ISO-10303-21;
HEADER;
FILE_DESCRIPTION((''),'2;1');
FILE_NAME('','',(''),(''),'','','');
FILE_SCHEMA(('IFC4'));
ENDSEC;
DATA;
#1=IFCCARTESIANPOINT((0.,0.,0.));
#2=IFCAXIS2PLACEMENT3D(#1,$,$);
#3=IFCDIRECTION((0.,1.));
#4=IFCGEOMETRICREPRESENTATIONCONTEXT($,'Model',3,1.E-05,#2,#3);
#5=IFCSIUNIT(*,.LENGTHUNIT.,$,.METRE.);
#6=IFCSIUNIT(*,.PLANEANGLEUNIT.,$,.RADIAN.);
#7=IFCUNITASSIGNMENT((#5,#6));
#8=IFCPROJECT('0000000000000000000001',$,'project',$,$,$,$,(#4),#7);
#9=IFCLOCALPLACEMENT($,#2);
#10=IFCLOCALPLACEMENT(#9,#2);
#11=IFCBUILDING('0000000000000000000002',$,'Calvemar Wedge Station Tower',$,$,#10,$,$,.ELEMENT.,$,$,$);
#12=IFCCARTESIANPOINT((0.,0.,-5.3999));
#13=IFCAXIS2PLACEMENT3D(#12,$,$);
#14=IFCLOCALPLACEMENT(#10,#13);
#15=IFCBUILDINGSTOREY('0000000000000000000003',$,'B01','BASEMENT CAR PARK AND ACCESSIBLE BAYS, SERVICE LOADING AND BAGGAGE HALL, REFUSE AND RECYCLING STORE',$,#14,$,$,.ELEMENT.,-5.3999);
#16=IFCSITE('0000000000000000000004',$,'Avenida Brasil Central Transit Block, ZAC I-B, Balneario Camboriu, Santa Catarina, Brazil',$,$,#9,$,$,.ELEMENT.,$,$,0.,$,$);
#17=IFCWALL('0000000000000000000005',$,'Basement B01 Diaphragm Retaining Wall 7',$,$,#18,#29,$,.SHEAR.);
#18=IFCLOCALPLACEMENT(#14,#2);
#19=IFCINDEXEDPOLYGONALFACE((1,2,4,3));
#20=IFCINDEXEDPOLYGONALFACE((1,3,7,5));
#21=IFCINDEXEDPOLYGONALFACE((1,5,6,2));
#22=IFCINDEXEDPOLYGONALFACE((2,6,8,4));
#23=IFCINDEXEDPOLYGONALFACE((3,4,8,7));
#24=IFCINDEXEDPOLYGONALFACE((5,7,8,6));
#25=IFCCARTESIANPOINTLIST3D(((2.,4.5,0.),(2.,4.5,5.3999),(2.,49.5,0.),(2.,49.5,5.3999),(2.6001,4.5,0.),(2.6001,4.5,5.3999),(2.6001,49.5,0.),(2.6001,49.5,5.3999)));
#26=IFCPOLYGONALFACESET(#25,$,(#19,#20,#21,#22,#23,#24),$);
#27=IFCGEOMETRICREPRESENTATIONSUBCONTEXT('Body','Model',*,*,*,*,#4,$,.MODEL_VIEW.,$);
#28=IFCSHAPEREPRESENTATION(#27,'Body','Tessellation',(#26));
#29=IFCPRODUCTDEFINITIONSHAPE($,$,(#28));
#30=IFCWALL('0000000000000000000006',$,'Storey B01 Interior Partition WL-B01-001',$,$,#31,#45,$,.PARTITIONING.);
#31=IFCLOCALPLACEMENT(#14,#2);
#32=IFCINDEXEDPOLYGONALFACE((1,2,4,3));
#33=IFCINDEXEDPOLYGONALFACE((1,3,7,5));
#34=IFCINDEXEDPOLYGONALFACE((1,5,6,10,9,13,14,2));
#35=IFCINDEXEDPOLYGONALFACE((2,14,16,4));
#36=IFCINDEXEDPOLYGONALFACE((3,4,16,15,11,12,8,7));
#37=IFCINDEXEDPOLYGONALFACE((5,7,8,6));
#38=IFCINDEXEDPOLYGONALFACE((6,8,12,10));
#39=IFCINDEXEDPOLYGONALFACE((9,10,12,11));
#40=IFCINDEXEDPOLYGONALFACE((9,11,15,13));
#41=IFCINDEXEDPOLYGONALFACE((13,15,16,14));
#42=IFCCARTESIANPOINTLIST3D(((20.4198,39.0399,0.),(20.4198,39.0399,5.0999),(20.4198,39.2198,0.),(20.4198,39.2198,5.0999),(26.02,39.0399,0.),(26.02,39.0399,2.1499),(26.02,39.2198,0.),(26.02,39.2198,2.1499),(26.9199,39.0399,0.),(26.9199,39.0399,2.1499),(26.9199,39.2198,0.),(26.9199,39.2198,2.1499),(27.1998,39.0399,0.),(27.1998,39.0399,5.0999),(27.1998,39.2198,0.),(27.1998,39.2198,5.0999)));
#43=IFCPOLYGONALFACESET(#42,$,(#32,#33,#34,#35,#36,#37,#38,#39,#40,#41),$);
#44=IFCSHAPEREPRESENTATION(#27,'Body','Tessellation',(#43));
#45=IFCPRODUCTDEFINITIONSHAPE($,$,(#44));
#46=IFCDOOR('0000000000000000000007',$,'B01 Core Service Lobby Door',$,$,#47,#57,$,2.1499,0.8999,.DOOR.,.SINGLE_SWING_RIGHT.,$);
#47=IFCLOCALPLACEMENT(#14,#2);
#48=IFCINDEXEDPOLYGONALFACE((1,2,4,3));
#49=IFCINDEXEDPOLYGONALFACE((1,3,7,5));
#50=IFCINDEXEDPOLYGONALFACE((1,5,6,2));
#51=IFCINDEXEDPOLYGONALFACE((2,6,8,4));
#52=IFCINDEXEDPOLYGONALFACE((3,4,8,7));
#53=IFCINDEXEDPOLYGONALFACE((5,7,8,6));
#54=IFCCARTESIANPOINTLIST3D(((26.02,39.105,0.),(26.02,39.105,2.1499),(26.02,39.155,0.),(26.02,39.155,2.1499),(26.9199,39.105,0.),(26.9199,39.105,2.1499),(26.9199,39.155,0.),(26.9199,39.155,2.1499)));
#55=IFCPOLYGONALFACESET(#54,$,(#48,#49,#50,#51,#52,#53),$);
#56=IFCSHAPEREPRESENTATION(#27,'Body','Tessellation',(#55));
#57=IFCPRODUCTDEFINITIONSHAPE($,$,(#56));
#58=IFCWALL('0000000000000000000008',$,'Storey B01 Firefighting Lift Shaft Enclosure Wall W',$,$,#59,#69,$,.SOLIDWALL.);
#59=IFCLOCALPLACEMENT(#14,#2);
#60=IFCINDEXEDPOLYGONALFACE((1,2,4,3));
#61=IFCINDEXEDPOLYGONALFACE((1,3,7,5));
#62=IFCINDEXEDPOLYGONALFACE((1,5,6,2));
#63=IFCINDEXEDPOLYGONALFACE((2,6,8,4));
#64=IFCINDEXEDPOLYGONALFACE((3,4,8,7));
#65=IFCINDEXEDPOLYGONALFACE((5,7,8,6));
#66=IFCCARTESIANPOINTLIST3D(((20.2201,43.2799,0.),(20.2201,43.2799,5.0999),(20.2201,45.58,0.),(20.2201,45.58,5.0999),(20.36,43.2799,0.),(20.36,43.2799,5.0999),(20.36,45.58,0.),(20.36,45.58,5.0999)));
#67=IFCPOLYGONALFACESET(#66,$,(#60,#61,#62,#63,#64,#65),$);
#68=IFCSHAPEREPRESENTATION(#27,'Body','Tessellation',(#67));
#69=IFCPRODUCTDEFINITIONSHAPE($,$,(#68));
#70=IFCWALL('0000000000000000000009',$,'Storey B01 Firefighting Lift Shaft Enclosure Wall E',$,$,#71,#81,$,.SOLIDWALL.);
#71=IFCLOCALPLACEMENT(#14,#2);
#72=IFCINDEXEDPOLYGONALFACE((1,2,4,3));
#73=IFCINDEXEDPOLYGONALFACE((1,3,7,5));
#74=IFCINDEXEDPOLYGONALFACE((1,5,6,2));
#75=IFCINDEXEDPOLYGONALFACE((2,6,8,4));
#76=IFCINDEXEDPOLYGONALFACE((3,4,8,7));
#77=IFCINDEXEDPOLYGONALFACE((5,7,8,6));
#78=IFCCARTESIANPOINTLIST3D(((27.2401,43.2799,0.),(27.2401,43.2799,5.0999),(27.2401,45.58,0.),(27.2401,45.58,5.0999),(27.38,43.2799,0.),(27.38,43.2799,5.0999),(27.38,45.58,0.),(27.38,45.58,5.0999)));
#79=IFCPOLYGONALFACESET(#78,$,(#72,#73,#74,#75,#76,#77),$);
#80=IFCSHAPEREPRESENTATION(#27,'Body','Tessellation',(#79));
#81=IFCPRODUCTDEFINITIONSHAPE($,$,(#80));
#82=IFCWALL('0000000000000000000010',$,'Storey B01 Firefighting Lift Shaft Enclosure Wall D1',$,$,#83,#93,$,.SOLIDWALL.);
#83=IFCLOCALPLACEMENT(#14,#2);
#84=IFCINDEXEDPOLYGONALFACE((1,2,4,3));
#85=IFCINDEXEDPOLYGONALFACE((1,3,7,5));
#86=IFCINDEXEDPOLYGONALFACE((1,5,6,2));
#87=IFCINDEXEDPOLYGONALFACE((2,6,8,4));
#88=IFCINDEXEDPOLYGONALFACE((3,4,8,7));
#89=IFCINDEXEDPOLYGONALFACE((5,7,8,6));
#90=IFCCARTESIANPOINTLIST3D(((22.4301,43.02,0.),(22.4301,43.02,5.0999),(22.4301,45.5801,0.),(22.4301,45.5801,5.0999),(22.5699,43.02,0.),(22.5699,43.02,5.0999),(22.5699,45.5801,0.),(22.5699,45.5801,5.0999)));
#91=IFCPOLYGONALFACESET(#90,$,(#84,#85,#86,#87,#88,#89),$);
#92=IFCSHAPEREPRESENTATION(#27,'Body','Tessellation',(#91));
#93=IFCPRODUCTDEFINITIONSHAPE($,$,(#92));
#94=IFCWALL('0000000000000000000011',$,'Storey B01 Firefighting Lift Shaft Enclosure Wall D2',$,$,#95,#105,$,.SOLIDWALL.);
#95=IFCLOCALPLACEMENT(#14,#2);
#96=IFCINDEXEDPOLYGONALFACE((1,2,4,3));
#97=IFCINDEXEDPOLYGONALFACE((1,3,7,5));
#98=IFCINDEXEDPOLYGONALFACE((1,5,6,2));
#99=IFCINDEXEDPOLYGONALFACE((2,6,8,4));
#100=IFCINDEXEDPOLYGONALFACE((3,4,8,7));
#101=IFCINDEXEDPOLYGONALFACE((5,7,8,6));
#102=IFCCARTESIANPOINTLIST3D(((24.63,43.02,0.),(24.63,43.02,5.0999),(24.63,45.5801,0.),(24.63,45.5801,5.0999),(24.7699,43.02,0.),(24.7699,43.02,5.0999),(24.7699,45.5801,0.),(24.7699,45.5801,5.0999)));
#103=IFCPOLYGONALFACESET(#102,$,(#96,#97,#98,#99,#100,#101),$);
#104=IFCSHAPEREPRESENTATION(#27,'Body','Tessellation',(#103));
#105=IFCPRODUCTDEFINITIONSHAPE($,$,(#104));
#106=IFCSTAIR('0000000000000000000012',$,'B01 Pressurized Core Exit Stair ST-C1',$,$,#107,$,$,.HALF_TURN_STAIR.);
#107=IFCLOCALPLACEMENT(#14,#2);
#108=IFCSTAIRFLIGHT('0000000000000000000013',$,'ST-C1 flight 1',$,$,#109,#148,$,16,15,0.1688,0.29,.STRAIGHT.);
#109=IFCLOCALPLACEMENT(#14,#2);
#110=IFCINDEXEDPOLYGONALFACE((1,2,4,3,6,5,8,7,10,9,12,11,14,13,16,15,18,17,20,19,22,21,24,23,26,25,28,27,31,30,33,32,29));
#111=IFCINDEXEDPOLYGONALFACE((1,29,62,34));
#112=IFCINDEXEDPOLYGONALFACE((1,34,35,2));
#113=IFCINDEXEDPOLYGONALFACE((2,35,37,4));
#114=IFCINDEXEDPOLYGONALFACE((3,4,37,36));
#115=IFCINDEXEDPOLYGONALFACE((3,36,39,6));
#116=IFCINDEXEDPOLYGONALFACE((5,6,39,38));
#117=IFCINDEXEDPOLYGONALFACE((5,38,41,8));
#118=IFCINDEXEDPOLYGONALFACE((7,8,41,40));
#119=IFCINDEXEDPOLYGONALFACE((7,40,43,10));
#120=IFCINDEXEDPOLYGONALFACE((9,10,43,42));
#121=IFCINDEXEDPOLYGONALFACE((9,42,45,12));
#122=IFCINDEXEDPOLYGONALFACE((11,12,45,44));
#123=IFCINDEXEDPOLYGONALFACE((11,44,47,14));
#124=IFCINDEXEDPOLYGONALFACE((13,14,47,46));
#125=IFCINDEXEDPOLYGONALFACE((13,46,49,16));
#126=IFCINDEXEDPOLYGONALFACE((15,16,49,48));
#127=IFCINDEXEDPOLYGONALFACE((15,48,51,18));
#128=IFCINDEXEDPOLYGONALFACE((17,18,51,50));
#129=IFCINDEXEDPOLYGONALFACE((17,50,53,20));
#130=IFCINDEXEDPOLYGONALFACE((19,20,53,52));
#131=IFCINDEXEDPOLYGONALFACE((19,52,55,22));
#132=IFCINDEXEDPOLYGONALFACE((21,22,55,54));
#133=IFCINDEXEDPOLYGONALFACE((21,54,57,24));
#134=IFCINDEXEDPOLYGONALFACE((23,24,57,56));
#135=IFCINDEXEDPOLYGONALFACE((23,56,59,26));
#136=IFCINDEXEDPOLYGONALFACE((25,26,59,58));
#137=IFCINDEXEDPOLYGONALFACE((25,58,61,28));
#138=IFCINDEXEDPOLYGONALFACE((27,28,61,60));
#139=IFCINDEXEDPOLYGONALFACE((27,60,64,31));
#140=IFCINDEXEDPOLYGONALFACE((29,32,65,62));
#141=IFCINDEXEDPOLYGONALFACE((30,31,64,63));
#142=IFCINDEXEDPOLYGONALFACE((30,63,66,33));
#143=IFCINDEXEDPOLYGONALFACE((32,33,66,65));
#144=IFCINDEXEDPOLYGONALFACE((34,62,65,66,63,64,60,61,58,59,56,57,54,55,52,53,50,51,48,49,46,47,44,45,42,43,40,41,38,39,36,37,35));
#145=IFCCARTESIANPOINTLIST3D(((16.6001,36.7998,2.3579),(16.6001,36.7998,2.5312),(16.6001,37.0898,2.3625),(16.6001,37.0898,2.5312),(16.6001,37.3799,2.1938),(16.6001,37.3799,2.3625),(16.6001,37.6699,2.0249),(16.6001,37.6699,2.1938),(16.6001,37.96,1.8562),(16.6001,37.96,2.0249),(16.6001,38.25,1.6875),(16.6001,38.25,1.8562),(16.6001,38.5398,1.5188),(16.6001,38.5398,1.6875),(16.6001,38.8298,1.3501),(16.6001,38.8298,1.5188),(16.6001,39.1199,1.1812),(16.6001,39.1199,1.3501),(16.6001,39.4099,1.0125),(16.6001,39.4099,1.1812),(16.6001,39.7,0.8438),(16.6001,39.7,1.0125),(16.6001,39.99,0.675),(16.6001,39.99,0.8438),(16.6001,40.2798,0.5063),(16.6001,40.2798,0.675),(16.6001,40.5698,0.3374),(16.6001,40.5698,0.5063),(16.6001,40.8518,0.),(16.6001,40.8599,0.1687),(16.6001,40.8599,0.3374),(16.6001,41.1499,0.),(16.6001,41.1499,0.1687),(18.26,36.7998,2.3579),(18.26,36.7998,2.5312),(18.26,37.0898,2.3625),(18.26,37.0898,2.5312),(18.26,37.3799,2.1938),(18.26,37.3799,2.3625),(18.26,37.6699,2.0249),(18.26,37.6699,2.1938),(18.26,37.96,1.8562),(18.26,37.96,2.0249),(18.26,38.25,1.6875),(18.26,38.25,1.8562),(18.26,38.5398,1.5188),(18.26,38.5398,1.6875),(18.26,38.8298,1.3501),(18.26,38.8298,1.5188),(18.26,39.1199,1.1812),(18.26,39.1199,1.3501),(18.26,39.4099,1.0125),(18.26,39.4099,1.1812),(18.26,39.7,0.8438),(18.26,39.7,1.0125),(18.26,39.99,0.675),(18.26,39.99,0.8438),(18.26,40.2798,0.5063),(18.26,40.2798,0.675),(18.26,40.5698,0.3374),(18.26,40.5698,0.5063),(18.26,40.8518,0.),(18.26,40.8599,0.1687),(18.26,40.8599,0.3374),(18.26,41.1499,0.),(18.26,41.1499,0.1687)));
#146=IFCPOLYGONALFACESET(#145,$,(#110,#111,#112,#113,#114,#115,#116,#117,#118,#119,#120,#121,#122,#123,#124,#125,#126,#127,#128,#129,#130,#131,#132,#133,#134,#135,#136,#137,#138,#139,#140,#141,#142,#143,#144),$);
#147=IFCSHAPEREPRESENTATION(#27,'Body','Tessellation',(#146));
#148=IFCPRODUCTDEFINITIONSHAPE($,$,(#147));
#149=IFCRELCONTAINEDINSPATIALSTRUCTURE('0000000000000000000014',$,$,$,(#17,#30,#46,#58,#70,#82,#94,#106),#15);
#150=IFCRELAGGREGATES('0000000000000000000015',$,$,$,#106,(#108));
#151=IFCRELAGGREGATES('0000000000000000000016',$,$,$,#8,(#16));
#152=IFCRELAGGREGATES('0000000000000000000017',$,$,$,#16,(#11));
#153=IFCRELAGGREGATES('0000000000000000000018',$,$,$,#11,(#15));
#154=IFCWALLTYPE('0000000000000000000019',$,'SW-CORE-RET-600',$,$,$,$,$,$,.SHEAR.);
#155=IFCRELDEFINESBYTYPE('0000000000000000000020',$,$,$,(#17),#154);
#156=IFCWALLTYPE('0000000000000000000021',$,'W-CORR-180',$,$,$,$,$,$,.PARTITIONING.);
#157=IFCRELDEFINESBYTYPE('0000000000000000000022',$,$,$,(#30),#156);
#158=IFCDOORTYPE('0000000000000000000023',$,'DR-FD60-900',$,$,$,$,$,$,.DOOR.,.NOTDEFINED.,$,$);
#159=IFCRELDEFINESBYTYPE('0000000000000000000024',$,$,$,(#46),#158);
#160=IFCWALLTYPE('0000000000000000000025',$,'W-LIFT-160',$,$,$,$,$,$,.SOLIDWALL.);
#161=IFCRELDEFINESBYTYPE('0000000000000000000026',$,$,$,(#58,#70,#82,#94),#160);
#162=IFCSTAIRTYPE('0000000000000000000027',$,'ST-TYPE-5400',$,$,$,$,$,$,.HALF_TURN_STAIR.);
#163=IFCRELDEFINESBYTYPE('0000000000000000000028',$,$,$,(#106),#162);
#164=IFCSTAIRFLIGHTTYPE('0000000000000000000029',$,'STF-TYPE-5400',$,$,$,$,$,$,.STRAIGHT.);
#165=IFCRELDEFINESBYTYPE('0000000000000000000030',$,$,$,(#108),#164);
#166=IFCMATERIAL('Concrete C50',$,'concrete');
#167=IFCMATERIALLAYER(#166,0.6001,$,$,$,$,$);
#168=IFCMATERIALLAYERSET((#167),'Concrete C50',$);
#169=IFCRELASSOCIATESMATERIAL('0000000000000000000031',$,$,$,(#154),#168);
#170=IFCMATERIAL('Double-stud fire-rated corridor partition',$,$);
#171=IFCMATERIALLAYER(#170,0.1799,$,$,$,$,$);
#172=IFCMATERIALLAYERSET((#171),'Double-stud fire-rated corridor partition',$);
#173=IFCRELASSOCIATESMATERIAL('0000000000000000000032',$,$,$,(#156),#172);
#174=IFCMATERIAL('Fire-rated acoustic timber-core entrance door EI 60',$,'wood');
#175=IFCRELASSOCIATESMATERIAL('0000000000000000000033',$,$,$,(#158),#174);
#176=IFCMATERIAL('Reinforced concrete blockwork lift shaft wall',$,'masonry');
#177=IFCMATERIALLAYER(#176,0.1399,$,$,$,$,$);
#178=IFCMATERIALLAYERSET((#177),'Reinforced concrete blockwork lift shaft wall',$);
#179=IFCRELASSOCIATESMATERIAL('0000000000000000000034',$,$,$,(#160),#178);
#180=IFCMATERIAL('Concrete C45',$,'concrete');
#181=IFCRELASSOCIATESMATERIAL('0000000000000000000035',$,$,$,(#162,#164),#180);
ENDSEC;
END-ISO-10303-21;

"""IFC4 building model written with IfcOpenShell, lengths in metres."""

from ifc_helpers import new_model, si_unit, direction, frame, frame_2d, origin, place, context, subcontext, project, spatial, polyline, rectangle, outline, extrude, source, transform, mapped, material, layer, layer_set, type_object, element, fill, aggregate, save


model = new_model("IFC4")

# Units and contexts
model_context = context("Model", 3, precision=1e-05, world=origin(), true_north=direction((0.0, 1.0)))
body_context = subcontext(model_context, "Body", "Model", "MODEL_VIEW")
ifc_project = project(units=[si_unit("LENGTHUNIT", "METRE"), si_unit("PLANEANGLEUNIT", "RADIAN")], contexts=[model_context])

# Site, building, storey
site_placement = place(None, origin())
site = spatial("IfcSite", under=ifc_project, at=site_placement, Name="Avenida Brasil Central Transit Block, ZAC I-B, Balneario Camboriu, Santa Catarina, Brazil", CompositionType="ELEMENT", RefElevation=0.0)
building_placement = place(site_placement, origin())
building = spatial("IfcBuilding", under=site, at=building_placement, Name="Calvemar Wedge Station Tower", CompositionType="ELEMENT")
storey_placement = place(building_placement, frame((0.0, 0.0, -5.3999)))
storey = spatial("IfcBuildingStorey", under=building, at=storey_placement, Name="B01", Description="BASEMENT CAR PARK AND ACCESSIBLE BAYS, SERVICE LOADING AND BAGGAGE HALL, REFUSE AND RECYCLING STORE", CompositionType="ELEMENT", Elevation=-5.3999)

# Shared definitions
ifc_material_1 = material(Name="Concrete C50", Category="concrete")

# Wall
ifc_layer_1 = layer(ifc_material_1, 0.6001)
ifc_layer_set_1 = layer_set([ifc_layer_1], Name="Concrete C50")
wall_type_1 = type_object("IfcWallType", Name="SW-CORE-RET-600", PredefinedType="SHEAR", material=ifc_layer_set_1)
wall_1_placement = place(storey_placement, frame((2.3, 49.5, 0.0), z_axis=(0.0, 0.0, 1.0), x_axis=(0.0, -1.0, 0.0)))
element("IfcWall", 1, at=wall_1_placement, inside=storey, type_object=wall_type_1, Name="Basement B01 Diaphragm Retaining Wall 7", PredefinedType="SHEAR", context=body_context, shape_type="SweptSolid", body=[
    extrude(rectangle(XDim=45.0, YDim=0.6001, at=frame_2d((22.5, 0.0))), origin(), (0.0, 0.0, 1.0), 5.3999),
])

# Wall, opening, door
ifc_material_2 = material(Name="Double-stud fire-rated corridor partition")
ifc_layer_2 = layer(ifc_material_2, 0.1799)
ifc_layer_set_2 = layer_set([ifc_layer_2], Name="Double-stud fire-rated corridor partition")
wall_type_2 = type_object("IfcWallType", Name="W-CORR-180", PredefinedType="PARTITIONING", material=ifc_layer_set_2)
wall_2_placement = place(storey_placement, frame((27.2, 39.1299, 0.0), z_axis=(0.0, 0.0, 1.0), x_axis=(-1.0, 0.0, 0.0)))
wall_2 = element("IfcWall", 2, at=wall_2_placement, inside=storey, type_object=wall_type_2, Name="Storey B01 Interior Partition WL-B01-001", PredefinedType="PARTITIONING", context=body_context, shape_type="SweptSolid", body=[
    extrude(rectangle(XDim=6.78, YDim=0.1799, at=frame_2d((3.3901, 0.0))), origin(), (0.0, 0.0, 1.0), 5.0999),
])
shared_shape_1 = source(origin(), body_context, "Body", "SweptSolid", [
    extrude(rectangle(XDim=0.8999, YDim=2.1499, at=frame_2d((0.45, 1.075))), frame((0.0, 0.1001, 0.0), z_axis=(0.0, -1.0, 0.0), x_axis=(1.0, 0.0, 0.0)), (0.0, 0.0, 1.0), 0.2),
])
opening_1_placement = place(wall_2_placement, frame((0.28, 0.0, 0.0)))
opening_1 = element("IfcOpeningElement", 3, at=opening_1_placement, cuts=wall_2, PredefinedType="OPENING", context=body_context, shape_type="MappedRepresentation", body=[
    mapped(shared_shape_1, transform((0.0, 0.0, 0.0), scale=1.0)),
])
ifc_material_3 = material(Name="Fire-rated acoustic timber-core entrance door EI 60", Category="wood")
door_type_1 = type_object("IfcDoorType", Name="DR-FD60-900", OperationType="NOTDEFINED", PredefinedType="DOOR", material=ifc_material_3)
shared_shape_2 = source(origin(), body_context, "Body", "SweptSolid", [
    extrude(rectangle(XDim=0.8999, YDim=2.1499, at=frame_2d((0.45, 1.075))), frame((0.0, 0.0249, 0.0), z_axis=(0.0, -1.0, 0.0), x_axis=(1.0, 0.0, 0.0)), (0.0, 0.0, 1.0), 0.05),
])
door_1_placement = place(opening_1_placement, origin())
door_1 = element("IfcDoor", 4, at=door_1_placement, inside=storey, type_object=door_type_1, Name="B01 Core Service Lobby Door", OperationType="SINGLE_SWING_RIGHT", OverallHeight=2.1499, OverallWidth=0.8999, PredefinedType="DOOR", context=body_context, shape_type="MappedRepresentation", body=[
    mapped(shared_shape_2, transform((0.0, 0.0, 0.0), scale=1.0)),
])
fill(opening_1, door_1)

# Shared definitions
ifc_material_4 = material(Name="Reinforced concrete blockwork lift shaft wall", Category="masonry")
ifc_layer_3 = layer(ifc_material_4, 0.1399)
ifc_layer_set_3 = layer_set([ifc_layer_3], Name="Reinforced concrete blockwork lift shaft wall")
wall_type_3 = type_object("IfcWallType", Name="W-LIFT-160", PredefinedType="SOLIDWALL", material=ifc_layer_set_3)

# Walls
for number, where, z_axis, x_axis, name in (
    (5, (20.29, 43.28, 0.0), (0.0, 0.0, 1.0), (0.0, 1.0, 0.0), "Storey B01 Firefighting Lift Shaft Enclosure Wall W"),
    (6, (27.3101, 43.28, 0.0), (0.0, 0.0, 1.0), (0.0, 1.0, 0.0), "Storey B01 Firefighting Lift Shaft Enclosure Wall E"),
):
    element("IfcWall", number, at=place(storey_placement, frame(where, z_axis=z_axis, x_axis=x_axis)), inside=storey, type_object=wall_type_3, Name=name, PredefinedType="SOLIDWALL", context=body_context, shape_type="SweptSolid", body=[
        extrude(rectangle(XDim=2.3, YDim=0.1399, at=frame_2d((1.1499, 0.0))), origin(), (0.0, 0.0, 1.0), 5.0999),
    ])
for number, where, z_axis, x_axis, name in (
    (7, (22.5, 43.02, 0.0), (0.0, 0.0, 1.0), (0.0, 1.0, 0.0), "Storey B01 Firefighting Lift Shaft Enclosure Wall D1"),
    (8, (24.7, 43.02, 0.0), (0.0, 0.0, 1.0), (0.0, 1.0, 0.0), "Storey B01 Firefighting Lift Shaft Enclosure Wall D2"),
):
    element("IfcWall", number, at=place(storey_placement, frame(where, z_axis=z_axis, x_axis=x_axis)), inside=storey, type_object=wall_type_3, Name=name, PredefinedType="SOLIDWALL", context=body_context, shape_type="SweptSolid", body=[
        extrude(rectangle(XDim=2.5601, YDim=0.1399, at=frame_2d((1.28, 0.0))), origin(), (0.0, 0.0, 1.0), 5.0999),
    ])

# Stair, stair flight
ifc_material_5 = material(Name="Concrete C45", Category="concrete")
stair_type = type_object("IfcStairType", Name="ST-TYPE-5400", PredefinedType="HALF_TURN_STAIR", material=ifc_material_5)
stair_placement = place(storey_placement, origin())
stair = element("IfcStair", 9, at=stair_placement, inside=storey, type_object=stair_type, Name="B01 Pressurized Core Exit Stair ST-C1", PredefinedType="HALF_TURN_STAIR")
stair_flight_type = type_object("IfcStairFlightType", Name="STF-TYPE-5400", PredefinedType="STRAIGHT", material=ifc_material_5)
stair_flight_1_placement = place(storey_placement, frame((17.4299, 41.1499, 0.0), z_axis=(0.0, 0.0, 1.0), x_axis=(0.0, -1.0, 0.0)))
stair_flight_1 = element("IfcStairFlight", 10, at=stair_flight_1_placement, type_object=stair_flight_type, Name="ST-C1 flight 1", NumberOfRisers=16, NumberOfTreads=15, PredefinedType="STRAIGHT", RiserHeight=0.1688, TreadLength=0.29, context=body_context, shape_type="SweptSolid", body=[
    extrude(outline(polyline([(0.0, 0.0), (0.0, 0.1687), (0.29, 0.1687), (0.29, 0.3374), (0.5801, 0.3374), (0.5801, 0.5063), (0.8701, 0.5063), (0.8701, 0.675), (1.1599, 0.675), (1.1599, 0.8438), (1.45, 0.8438), (1.45, 1.0125), (1.74, 1.0125), (1.74, 1.1812), (2.03, 1.1812), (2.03, 1.3501), (2.3201, 1.3501), (2.3201, 1.5188), (2.6101, 1.5188), (2.6101, 1.6875), (2.8999, 1.6875), (2.8999, 1.8562), (3.1899, 1.8562), (3.1899, 2.0249), (3.48, 2.0249), (3.48, 2.1938), (3.77, 2.1938), (3.77, 2.3625), (4.0601, 2.3625), (4.0601, 2.5312), (4.3501, 2.5312), (4.3501, 2.7), (4.3501, 2.3579), (0.2981, 0.0), (0.0, 0.0)])), frame((0.0, 0.8301, 0.0), z_axis=(0.0, -1.0, 0.0), x_axis=(1.0, 0.0, 0.0)), (0.0, 0.0, 1.0), 1.6599),
])
aggregate(stair, [stair_flight_1])

save(model, "model.ifc")
